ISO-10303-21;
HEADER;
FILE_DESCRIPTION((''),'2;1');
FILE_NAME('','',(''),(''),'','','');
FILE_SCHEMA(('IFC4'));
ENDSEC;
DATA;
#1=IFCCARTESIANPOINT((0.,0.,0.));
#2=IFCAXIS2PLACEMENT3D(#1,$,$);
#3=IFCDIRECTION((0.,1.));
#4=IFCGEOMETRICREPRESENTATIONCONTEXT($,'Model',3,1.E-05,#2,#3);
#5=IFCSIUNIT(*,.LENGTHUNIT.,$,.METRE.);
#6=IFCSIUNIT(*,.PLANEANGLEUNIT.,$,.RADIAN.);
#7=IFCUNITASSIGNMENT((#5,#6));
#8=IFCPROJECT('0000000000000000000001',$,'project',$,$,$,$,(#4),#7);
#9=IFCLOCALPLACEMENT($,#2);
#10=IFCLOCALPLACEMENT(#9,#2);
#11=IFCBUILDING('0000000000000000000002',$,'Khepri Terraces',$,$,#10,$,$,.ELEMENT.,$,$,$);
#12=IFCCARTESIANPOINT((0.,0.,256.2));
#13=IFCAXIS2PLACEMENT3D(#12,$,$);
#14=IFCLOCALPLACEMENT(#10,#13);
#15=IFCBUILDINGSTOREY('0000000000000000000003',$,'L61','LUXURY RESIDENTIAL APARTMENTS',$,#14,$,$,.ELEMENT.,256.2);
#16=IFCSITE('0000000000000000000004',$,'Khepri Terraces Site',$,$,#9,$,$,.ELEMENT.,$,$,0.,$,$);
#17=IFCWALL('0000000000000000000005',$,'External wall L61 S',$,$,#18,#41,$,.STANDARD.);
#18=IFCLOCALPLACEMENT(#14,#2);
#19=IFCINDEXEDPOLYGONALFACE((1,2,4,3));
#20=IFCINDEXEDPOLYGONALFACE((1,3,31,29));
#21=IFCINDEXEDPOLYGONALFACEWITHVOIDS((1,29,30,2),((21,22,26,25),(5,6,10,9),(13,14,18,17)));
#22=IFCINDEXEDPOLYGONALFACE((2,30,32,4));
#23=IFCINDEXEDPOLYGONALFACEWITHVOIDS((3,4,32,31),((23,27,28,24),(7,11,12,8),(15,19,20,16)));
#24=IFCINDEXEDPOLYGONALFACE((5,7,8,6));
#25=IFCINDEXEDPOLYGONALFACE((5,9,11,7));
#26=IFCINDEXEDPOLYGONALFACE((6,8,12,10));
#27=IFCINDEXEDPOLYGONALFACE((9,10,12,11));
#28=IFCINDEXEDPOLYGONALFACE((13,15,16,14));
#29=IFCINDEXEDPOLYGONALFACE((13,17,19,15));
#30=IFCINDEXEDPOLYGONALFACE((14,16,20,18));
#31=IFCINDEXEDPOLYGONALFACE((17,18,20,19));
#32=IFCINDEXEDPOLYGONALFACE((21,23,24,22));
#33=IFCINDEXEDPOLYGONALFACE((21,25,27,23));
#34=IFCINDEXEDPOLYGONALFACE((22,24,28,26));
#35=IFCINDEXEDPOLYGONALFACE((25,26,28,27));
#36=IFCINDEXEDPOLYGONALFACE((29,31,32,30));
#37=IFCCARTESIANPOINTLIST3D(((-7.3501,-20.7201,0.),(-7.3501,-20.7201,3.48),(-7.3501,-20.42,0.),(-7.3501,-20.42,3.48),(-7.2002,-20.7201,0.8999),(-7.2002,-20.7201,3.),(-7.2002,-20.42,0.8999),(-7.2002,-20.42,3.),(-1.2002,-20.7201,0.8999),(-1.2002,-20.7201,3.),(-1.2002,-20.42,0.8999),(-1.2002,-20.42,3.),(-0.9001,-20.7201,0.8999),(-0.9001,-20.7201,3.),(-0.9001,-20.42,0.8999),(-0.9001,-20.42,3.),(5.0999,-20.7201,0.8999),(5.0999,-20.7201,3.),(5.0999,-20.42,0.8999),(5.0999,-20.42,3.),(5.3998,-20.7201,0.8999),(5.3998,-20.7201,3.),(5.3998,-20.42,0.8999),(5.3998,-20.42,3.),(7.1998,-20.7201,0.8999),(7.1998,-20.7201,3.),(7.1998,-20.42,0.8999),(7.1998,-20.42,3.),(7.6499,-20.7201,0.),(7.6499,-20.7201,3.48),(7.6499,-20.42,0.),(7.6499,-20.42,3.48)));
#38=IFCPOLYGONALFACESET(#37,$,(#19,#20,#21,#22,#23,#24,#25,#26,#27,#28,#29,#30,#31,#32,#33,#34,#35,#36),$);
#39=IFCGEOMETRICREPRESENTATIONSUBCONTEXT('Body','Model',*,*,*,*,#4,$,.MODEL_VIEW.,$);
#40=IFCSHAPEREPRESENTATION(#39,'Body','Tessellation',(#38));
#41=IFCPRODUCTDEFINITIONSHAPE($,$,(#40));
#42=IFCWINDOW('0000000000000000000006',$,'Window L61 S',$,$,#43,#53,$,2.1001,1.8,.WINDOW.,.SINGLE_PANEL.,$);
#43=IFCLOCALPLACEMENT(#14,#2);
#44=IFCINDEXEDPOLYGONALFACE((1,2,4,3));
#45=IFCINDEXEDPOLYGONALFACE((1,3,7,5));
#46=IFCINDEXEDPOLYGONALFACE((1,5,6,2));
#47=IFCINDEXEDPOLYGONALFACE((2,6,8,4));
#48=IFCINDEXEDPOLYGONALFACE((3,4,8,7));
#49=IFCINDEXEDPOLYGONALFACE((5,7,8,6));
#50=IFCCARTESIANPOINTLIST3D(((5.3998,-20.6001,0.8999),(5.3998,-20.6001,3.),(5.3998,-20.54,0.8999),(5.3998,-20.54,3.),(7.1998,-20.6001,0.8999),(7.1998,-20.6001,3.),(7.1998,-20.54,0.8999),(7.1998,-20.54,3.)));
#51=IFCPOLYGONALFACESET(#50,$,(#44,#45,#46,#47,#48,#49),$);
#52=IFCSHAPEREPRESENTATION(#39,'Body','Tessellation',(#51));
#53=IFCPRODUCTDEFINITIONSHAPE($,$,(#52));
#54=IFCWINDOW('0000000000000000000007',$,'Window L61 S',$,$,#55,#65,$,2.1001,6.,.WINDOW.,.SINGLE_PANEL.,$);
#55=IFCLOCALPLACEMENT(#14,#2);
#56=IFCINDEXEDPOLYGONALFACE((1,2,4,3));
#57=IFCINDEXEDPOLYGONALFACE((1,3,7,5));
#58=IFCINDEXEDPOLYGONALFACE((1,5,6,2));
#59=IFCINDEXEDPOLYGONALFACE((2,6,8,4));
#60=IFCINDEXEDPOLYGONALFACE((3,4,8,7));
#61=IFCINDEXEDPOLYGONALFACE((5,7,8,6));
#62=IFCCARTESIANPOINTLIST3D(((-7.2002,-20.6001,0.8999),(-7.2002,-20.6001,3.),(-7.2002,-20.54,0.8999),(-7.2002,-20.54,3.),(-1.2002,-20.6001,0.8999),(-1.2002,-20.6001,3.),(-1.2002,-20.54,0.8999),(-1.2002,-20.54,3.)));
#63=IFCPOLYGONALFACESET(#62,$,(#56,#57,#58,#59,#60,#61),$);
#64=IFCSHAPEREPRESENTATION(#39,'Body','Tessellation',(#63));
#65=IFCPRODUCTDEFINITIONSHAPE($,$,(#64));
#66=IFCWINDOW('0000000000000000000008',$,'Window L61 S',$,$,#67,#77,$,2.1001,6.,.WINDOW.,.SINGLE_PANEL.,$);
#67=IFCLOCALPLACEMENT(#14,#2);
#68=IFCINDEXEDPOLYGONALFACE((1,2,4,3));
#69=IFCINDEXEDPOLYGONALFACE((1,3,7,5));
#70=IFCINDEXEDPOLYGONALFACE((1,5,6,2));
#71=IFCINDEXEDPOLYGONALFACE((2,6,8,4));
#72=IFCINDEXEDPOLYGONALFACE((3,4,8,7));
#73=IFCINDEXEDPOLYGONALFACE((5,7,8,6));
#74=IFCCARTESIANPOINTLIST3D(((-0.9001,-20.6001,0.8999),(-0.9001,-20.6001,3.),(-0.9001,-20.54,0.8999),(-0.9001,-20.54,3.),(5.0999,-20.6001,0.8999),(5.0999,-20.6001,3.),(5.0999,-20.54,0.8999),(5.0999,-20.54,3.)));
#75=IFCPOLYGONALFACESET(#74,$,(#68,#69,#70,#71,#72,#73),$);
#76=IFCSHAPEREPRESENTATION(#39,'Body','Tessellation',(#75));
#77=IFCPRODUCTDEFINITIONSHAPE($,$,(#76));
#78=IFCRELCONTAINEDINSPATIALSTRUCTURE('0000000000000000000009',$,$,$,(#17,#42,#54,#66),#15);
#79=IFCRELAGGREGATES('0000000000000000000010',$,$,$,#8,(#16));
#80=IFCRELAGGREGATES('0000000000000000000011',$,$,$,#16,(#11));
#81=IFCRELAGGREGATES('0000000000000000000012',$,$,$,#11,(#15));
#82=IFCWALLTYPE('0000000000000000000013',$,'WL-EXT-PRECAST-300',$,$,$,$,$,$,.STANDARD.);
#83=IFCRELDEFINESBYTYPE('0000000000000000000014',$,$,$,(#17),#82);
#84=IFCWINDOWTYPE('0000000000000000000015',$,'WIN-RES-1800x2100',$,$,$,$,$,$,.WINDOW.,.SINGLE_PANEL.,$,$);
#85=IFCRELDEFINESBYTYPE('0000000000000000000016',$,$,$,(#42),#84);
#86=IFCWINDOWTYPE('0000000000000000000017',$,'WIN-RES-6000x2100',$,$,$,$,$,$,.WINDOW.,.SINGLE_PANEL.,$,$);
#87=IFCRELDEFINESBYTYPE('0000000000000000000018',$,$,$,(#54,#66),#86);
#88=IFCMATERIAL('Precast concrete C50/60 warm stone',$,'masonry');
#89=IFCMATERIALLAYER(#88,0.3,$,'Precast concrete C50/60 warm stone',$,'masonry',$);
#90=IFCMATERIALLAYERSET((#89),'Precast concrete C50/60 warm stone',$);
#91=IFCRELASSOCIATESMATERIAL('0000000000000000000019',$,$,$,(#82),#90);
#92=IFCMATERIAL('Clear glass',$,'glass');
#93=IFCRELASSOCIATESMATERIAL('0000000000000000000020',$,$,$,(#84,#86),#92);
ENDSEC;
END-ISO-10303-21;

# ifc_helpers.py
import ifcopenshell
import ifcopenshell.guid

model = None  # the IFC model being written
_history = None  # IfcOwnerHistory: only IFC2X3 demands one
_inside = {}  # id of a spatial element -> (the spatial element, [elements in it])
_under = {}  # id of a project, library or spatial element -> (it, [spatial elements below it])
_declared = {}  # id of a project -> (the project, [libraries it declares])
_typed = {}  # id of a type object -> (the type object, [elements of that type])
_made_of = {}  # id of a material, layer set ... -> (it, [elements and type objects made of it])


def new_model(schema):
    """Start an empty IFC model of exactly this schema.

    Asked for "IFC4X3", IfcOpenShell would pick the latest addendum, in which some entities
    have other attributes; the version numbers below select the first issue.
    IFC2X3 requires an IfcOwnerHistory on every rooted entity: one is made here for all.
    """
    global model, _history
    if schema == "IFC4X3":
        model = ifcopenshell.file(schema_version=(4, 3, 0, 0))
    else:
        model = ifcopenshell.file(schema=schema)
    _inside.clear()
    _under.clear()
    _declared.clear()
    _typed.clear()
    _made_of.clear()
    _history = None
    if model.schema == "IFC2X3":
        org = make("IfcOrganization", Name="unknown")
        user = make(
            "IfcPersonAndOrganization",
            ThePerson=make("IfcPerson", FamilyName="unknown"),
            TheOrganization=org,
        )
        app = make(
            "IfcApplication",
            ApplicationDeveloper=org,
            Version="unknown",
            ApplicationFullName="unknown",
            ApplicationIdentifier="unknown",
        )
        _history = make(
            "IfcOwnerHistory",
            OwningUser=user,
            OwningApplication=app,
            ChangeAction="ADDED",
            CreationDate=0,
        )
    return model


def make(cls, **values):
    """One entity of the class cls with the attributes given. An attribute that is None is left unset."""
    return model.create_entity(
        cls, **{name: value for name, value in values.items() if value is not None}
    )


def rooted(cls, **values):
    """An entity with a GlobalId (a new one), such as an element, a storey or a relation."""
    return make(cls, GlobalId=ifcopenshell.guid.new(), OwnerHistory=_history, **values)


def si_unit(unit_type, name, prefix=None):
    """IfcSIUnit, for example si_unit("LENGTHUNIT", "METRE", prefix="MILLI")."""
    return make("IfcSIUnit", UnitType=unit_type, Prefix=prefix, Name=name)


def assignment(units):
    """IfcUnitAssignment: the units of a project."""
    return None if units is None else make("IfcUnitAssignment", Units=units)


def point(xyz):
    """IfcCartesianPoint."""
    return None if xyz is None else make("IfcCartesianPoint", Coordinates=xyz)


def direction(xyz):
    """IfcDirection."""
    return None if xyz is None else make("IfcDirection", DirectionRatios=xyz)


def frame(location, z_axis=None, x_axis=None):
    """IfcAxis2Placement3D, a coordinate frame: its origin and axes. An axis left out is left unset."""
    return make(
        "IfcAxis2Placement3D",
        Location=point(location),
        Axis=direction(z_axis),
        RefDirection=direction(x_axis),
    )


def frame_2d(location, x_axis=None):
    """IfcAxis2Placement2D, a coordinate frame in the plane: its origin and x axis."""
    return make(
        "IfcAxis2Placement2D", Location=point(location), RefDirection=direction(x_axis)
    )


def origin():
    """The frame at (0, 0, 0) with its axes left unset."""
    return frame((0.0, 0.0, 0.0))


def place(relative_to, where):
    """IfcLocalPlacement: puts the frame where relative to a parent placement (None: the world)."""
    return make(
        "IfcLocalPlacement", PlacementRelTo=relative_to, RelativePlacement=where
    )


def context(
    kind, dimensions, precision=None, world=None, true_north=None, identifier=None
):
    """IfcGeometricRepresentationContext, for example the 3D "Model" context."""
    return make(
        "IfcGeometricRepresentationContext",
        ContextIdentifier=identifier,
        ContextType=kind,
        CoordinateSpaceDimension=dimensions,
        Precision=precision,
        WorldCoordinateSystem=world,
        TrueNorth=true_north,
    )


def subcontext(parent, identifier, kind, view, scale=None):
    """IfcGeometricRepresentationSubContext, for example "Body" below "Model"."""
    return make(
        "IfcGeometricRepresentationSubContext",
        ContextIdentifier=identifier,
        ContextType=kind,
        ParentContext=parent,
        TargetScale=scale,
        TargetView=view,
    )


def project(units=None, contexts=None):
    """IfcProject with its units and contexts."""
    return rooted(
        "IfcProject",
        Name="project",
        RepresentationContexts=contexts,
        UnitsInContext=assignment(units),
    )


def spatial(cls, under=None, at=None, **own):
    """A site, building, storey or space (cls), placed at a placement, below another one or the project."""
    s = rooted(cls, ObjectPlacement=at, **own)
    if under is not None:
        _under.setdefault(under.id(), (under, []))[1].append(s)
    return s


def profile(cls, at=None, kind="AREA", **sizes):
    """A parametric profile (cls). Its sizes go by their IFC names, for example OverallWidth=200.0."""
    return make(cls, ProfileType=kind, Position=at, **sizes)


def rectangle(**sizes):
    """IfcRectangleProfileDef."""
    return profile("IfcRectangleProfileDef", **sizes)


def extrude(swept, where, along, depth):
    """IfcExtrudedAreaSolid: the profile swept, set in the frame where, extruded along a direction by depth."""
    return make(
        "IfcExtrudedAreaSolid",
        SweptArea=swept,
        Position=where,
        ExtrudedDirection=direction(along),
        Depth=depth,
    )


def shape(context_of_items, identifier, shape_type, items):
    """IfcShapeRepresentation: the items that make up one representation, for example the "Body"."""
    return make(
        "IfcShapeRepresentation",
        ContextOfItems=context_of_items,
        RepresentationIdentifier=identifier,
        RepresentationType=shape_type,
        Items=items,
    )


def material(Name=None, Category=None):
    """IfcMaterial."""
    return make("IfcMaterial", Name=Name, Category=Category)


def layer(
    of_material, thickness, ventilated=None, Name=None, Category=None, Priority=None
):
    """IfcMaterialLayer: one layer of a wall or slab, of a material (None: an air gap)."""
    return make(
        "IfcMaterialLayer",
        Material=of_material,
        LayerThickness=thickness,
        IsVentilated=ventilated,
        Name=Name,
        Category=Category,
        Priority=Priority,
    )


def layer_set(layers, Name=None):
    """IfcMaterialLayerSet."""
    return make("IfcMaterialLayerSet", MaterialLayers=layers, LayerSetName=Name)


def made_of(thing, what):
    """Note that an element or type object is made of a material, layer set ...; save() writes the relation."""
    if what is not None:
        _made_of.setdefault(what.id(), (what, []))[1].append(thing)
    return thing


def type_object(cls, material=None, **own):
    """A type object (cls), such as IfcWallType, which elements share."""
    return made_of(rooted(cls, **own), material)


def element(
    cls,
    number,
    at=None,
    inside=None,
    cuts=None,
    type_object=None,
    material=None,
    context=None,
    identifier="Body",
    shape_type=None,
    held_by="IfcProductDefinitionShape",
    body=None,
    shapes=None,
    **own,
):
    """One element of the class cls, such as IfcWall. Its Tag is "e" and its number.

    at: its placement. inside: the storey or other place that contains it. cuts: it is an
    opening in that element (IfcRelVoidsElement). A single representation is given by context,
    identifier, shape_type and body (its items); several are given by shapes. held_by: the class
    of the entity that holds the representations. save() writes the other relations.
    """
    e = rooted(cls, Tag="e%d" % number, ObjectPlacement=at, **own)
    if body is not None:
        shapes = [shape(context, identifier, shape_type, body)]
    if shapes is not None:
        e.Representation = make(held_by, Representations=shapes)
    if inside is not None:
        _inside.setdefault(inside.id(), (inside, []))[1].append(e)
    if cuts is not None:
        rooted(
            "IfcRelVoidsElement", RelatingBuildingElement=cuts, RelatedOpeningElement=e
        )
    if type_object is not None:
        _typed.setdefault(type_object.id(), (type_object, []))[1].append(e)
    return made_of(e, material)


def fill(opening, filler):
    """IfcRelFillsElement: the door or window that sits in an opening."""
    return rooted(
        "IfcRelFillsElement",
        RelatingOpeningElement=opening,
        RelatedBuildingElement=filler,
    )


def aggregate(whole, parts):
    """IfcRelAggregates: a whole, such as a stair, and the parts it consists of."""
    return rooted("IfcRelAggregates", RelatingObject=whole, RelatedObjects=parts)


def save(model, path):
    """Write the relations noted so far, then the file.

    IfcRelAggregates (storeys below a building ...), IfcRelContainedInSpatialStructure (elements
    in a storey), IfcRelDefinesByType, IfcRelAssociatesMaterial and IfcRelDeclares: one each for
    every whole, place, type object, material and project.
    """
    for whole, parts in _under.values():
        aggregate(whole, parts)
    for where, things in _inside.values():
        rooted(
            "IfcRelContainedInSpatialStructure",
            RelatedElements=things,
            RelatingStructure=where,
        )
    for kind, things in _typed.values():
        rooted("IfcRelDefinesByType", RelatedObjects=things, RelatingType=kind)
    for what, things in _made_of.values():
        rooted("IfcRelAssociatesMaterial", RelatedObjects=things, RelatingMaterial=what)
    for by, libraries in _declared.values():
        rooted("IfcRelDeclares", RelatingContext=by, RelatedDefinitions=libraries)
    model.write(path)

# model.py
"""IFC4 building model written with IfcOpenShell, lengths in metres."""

from ifc_helpers import new_model, si_unit, direction, frame, frame_2d, origin, place, context, subcontext, project, spatial, rectangle, extrude, material, layer, layer_set, type_object, element, fill, save


model = new_model("IFC4")

# Units and contexts
model_context = context("Model", 3, precision=1e-05, world=origin(), true_north=direction((0.0, 1.0)))
body_context = subcontext(model_context, "Body", "Model", "MODEL_VIEW")
ifc_project = project(units=[si_unit("LENGTHUNIT", "METRE"), si_unit("PLANEANGLEUNIT", "RADIAN")], contexts=[model_context])

# Site, building, storey
site_placement = place(None, origin())
site = spatial("IfcSite", under=ifc_project, at=site_placement, Name="Khepri Terraces Site", CompositionType="ELEMENT", RefElevation=0.0)
building_placement = place(site_placement, origin())
building = spatial("IfcBuilding", under=site, at=building_placement, Name="Khepri Terraces", CompositionType="ELEMENT")
storey_placement = place(building_placement, frame((0.0, 0.0, 256.2)))
storey = spatial("IfcBuildingStorey", under=building, at=storey_placement, Name="L61", Description="LUXURY RESIDENTIAL APARTMENTS", CompositionType="ELEMENT", Elevation=256.2)

# Wall, openings, windows
ifc_material_1 = material(Name="Precast concrete C50/60 warm stone", Category="masonry")
ifc_layer_1 = layer(ifc_material_1, 0.3, Name="Precast concrete C50/60 warm stone", Category="masonry")
ifc_layer_set_1 = layer_set([ifc_layer_1], Name="Precast concrete C50/60 warm stone")
wall_type_1 = type_object("IfcWallType", Name="WL-EXT-PRECAST-300", PredefinedType="STANDARD", material=ifc_layer_set_1)
wall_1_placement = place(storey_placement, frame((-7.3501, -20.5701, 0.0), z_axis=(0.0, 0.0, 1.0), x_axis=(1.0, 0.0, 0.0)))
wall_1 = element("IfcWall", 1, at=wall_1_placement, inside=storey, type_object=wall_type_1, Name="External wall L61 S", PredefinedType="STANDARD", context=body_context, shape_type="SweptSolid", body=[
    extrude(rectangle(XDim=15.0, YDim=0.3, at=frame_2d((7.5, 0.0))), origin(), (0.0, 0.0, 1.0), 3.48),
])
opening_1_placement = place(wall_1_placement, frame((0.1499, 0.0, 0.8999)))
opening_1 = element("IfcOpeningElement", 2, at=opening_1_placement, cuts=wall_1, PredefinedType="OPENING", context=body_context, shape_type="SweptSolid", body=[
    extrude(rectangle(XDim=6.0, YDim=2.1001, at=frame_2d((3.0, 1.05))), frame((0.0, 0.1602, 0.0), z_axis=(0.0, -1.0, 0.0), x_axis=(1.0, 0.0, 0.0)), (0.0, 0.0, 1.0), 0.3201),
])
opening_2_placement = place(wall_1_placement, frame((6.45, 0.0, 0.8999)))
opening_2 = element("IfcOpeningElement", 3, at=opening_2_placement, cuts=wall_1, PredefinedType="OPENING", context=body_context, shape_type="SweptSolid", body=[
    extrude(rectangle(XDim=6.0, YDim=2.1001, at=frame_2d((3.0, 1.05))), frame((0.0, 0.1602, 0.0), z_axis=(0.0, -1.0, 0.0), x_axis=(1.0, 0.0, 0.0)), (0.0, 0.0, 1.0), 0.3201),
])
opening_3_placement = place(wall_1_placement, frame((12.75, 0.0, 0.8999)))
opening_3 = element("IfcOpeningElement", 4, at=opening_3_placement, cuts=wall_1, PredefinedType="OPENING", context=body_context, shape_type="SweptSolid", body=[
    extrude(rectangle(XDim=1.8, YDim=2.1001, at=frame_2d((0.8999, 1.05))), frame((0.0, 0.1602, 0.0), z_axis=(0.0, -1.0, 0.0), x_axis=(1.0, 0.0, 0.0)), (0.0, 0.0, 1.0), 0.3201),
])
ifc_material_2 = material(Name="Clear glass", Category="glass")
window_type_1 = type_object("IfcWindowType", Name="WIN-RES-1800x2100", PartitioningType="SINGLE_PANEL", PredefinedType="WINDOW", material=ifc_material_2)
window_1_placement = place(opening_3_placement, origin())
window_1 = element("IfcWindow", 5, at=window_1_placement, inside=storey, type_object=window_type_1, Name="Window L61 S", OverallHeight=2.1001, OverallWidth=1.8, PartitioningType="SINGLE_PANEL", PredefinedType="WINDOW", context=body_context, shape_type="SweptSolid", body=[
    extrude(rectangle(XDim=1.8, YDim=2.1001, at=frame_2d((0.8999, 1.05))), frame((0.0, 0.03, 0.0), z_axis=(0.0, -1.0, 0.0), x_axis=(1.0, 0.0, 0.0)), (0.0, 0.0, 1.0), 0.0601),
])
fill(opening_3, window_1)
window_type_2 = type_object("IfcWindowType", Name="WIN-RES-6000x2100", PartitioningType="SINGLE_PANEL", PredefinedType="WINDOW", material=ifc_material_2)
window_2_placement = place(opening_1_placement, origin())
window_2 = element("IfcWindow", 6, at=window_2_placement, inside=storey, type_object=window_type_2, Name="Window L61 S", OverallHeight=2.1001, OverallWidth=6.0, PartitioningType="SINGLE_PANEL", PredefinedType="WINDOW", context=body_context, shape_type="SweptSolid", body=[
    extrude(rectangle(XDim=6.0, YDim=2.1001, at=frame_2d((3.0, 1.05))), frame((0.0, 0.03, 0.0), z_axis=(0.0, -1.0, 0.0), x_axis=(1.0, 0.0, 0.0)), (0.0, 0.0, 1.0), 0.0601),
])
fill(opening_1, window_2)
window_3_placement = place(opening_2_placement, origin())
window_3 = element("IfcWindow", 7, at=window_3_placement, inside=storey, type_object=window_type_2, Name="Window L61 S", OverallHeight=2.1001, OverallWidth=6.0, PartitioningType="SINGLE_PANEL", PredefinedType="WINDOW", context=body_context, shape_type="SweptSolid", body=[
    extrude(rectangle(XDim=6.0, YDim=2.1001, at=frame_2d((3.0, 1.05))), frame((0.0, 0.03, 0.0), z_axis=(0.0, -1.0, 0.0), x_axis=(1.0, 0.0, 0.0)), (0.0, 0.0, 1.0), 0.0601),
])
fill(opening_2, window_3)

save(model, "model.ifc")
